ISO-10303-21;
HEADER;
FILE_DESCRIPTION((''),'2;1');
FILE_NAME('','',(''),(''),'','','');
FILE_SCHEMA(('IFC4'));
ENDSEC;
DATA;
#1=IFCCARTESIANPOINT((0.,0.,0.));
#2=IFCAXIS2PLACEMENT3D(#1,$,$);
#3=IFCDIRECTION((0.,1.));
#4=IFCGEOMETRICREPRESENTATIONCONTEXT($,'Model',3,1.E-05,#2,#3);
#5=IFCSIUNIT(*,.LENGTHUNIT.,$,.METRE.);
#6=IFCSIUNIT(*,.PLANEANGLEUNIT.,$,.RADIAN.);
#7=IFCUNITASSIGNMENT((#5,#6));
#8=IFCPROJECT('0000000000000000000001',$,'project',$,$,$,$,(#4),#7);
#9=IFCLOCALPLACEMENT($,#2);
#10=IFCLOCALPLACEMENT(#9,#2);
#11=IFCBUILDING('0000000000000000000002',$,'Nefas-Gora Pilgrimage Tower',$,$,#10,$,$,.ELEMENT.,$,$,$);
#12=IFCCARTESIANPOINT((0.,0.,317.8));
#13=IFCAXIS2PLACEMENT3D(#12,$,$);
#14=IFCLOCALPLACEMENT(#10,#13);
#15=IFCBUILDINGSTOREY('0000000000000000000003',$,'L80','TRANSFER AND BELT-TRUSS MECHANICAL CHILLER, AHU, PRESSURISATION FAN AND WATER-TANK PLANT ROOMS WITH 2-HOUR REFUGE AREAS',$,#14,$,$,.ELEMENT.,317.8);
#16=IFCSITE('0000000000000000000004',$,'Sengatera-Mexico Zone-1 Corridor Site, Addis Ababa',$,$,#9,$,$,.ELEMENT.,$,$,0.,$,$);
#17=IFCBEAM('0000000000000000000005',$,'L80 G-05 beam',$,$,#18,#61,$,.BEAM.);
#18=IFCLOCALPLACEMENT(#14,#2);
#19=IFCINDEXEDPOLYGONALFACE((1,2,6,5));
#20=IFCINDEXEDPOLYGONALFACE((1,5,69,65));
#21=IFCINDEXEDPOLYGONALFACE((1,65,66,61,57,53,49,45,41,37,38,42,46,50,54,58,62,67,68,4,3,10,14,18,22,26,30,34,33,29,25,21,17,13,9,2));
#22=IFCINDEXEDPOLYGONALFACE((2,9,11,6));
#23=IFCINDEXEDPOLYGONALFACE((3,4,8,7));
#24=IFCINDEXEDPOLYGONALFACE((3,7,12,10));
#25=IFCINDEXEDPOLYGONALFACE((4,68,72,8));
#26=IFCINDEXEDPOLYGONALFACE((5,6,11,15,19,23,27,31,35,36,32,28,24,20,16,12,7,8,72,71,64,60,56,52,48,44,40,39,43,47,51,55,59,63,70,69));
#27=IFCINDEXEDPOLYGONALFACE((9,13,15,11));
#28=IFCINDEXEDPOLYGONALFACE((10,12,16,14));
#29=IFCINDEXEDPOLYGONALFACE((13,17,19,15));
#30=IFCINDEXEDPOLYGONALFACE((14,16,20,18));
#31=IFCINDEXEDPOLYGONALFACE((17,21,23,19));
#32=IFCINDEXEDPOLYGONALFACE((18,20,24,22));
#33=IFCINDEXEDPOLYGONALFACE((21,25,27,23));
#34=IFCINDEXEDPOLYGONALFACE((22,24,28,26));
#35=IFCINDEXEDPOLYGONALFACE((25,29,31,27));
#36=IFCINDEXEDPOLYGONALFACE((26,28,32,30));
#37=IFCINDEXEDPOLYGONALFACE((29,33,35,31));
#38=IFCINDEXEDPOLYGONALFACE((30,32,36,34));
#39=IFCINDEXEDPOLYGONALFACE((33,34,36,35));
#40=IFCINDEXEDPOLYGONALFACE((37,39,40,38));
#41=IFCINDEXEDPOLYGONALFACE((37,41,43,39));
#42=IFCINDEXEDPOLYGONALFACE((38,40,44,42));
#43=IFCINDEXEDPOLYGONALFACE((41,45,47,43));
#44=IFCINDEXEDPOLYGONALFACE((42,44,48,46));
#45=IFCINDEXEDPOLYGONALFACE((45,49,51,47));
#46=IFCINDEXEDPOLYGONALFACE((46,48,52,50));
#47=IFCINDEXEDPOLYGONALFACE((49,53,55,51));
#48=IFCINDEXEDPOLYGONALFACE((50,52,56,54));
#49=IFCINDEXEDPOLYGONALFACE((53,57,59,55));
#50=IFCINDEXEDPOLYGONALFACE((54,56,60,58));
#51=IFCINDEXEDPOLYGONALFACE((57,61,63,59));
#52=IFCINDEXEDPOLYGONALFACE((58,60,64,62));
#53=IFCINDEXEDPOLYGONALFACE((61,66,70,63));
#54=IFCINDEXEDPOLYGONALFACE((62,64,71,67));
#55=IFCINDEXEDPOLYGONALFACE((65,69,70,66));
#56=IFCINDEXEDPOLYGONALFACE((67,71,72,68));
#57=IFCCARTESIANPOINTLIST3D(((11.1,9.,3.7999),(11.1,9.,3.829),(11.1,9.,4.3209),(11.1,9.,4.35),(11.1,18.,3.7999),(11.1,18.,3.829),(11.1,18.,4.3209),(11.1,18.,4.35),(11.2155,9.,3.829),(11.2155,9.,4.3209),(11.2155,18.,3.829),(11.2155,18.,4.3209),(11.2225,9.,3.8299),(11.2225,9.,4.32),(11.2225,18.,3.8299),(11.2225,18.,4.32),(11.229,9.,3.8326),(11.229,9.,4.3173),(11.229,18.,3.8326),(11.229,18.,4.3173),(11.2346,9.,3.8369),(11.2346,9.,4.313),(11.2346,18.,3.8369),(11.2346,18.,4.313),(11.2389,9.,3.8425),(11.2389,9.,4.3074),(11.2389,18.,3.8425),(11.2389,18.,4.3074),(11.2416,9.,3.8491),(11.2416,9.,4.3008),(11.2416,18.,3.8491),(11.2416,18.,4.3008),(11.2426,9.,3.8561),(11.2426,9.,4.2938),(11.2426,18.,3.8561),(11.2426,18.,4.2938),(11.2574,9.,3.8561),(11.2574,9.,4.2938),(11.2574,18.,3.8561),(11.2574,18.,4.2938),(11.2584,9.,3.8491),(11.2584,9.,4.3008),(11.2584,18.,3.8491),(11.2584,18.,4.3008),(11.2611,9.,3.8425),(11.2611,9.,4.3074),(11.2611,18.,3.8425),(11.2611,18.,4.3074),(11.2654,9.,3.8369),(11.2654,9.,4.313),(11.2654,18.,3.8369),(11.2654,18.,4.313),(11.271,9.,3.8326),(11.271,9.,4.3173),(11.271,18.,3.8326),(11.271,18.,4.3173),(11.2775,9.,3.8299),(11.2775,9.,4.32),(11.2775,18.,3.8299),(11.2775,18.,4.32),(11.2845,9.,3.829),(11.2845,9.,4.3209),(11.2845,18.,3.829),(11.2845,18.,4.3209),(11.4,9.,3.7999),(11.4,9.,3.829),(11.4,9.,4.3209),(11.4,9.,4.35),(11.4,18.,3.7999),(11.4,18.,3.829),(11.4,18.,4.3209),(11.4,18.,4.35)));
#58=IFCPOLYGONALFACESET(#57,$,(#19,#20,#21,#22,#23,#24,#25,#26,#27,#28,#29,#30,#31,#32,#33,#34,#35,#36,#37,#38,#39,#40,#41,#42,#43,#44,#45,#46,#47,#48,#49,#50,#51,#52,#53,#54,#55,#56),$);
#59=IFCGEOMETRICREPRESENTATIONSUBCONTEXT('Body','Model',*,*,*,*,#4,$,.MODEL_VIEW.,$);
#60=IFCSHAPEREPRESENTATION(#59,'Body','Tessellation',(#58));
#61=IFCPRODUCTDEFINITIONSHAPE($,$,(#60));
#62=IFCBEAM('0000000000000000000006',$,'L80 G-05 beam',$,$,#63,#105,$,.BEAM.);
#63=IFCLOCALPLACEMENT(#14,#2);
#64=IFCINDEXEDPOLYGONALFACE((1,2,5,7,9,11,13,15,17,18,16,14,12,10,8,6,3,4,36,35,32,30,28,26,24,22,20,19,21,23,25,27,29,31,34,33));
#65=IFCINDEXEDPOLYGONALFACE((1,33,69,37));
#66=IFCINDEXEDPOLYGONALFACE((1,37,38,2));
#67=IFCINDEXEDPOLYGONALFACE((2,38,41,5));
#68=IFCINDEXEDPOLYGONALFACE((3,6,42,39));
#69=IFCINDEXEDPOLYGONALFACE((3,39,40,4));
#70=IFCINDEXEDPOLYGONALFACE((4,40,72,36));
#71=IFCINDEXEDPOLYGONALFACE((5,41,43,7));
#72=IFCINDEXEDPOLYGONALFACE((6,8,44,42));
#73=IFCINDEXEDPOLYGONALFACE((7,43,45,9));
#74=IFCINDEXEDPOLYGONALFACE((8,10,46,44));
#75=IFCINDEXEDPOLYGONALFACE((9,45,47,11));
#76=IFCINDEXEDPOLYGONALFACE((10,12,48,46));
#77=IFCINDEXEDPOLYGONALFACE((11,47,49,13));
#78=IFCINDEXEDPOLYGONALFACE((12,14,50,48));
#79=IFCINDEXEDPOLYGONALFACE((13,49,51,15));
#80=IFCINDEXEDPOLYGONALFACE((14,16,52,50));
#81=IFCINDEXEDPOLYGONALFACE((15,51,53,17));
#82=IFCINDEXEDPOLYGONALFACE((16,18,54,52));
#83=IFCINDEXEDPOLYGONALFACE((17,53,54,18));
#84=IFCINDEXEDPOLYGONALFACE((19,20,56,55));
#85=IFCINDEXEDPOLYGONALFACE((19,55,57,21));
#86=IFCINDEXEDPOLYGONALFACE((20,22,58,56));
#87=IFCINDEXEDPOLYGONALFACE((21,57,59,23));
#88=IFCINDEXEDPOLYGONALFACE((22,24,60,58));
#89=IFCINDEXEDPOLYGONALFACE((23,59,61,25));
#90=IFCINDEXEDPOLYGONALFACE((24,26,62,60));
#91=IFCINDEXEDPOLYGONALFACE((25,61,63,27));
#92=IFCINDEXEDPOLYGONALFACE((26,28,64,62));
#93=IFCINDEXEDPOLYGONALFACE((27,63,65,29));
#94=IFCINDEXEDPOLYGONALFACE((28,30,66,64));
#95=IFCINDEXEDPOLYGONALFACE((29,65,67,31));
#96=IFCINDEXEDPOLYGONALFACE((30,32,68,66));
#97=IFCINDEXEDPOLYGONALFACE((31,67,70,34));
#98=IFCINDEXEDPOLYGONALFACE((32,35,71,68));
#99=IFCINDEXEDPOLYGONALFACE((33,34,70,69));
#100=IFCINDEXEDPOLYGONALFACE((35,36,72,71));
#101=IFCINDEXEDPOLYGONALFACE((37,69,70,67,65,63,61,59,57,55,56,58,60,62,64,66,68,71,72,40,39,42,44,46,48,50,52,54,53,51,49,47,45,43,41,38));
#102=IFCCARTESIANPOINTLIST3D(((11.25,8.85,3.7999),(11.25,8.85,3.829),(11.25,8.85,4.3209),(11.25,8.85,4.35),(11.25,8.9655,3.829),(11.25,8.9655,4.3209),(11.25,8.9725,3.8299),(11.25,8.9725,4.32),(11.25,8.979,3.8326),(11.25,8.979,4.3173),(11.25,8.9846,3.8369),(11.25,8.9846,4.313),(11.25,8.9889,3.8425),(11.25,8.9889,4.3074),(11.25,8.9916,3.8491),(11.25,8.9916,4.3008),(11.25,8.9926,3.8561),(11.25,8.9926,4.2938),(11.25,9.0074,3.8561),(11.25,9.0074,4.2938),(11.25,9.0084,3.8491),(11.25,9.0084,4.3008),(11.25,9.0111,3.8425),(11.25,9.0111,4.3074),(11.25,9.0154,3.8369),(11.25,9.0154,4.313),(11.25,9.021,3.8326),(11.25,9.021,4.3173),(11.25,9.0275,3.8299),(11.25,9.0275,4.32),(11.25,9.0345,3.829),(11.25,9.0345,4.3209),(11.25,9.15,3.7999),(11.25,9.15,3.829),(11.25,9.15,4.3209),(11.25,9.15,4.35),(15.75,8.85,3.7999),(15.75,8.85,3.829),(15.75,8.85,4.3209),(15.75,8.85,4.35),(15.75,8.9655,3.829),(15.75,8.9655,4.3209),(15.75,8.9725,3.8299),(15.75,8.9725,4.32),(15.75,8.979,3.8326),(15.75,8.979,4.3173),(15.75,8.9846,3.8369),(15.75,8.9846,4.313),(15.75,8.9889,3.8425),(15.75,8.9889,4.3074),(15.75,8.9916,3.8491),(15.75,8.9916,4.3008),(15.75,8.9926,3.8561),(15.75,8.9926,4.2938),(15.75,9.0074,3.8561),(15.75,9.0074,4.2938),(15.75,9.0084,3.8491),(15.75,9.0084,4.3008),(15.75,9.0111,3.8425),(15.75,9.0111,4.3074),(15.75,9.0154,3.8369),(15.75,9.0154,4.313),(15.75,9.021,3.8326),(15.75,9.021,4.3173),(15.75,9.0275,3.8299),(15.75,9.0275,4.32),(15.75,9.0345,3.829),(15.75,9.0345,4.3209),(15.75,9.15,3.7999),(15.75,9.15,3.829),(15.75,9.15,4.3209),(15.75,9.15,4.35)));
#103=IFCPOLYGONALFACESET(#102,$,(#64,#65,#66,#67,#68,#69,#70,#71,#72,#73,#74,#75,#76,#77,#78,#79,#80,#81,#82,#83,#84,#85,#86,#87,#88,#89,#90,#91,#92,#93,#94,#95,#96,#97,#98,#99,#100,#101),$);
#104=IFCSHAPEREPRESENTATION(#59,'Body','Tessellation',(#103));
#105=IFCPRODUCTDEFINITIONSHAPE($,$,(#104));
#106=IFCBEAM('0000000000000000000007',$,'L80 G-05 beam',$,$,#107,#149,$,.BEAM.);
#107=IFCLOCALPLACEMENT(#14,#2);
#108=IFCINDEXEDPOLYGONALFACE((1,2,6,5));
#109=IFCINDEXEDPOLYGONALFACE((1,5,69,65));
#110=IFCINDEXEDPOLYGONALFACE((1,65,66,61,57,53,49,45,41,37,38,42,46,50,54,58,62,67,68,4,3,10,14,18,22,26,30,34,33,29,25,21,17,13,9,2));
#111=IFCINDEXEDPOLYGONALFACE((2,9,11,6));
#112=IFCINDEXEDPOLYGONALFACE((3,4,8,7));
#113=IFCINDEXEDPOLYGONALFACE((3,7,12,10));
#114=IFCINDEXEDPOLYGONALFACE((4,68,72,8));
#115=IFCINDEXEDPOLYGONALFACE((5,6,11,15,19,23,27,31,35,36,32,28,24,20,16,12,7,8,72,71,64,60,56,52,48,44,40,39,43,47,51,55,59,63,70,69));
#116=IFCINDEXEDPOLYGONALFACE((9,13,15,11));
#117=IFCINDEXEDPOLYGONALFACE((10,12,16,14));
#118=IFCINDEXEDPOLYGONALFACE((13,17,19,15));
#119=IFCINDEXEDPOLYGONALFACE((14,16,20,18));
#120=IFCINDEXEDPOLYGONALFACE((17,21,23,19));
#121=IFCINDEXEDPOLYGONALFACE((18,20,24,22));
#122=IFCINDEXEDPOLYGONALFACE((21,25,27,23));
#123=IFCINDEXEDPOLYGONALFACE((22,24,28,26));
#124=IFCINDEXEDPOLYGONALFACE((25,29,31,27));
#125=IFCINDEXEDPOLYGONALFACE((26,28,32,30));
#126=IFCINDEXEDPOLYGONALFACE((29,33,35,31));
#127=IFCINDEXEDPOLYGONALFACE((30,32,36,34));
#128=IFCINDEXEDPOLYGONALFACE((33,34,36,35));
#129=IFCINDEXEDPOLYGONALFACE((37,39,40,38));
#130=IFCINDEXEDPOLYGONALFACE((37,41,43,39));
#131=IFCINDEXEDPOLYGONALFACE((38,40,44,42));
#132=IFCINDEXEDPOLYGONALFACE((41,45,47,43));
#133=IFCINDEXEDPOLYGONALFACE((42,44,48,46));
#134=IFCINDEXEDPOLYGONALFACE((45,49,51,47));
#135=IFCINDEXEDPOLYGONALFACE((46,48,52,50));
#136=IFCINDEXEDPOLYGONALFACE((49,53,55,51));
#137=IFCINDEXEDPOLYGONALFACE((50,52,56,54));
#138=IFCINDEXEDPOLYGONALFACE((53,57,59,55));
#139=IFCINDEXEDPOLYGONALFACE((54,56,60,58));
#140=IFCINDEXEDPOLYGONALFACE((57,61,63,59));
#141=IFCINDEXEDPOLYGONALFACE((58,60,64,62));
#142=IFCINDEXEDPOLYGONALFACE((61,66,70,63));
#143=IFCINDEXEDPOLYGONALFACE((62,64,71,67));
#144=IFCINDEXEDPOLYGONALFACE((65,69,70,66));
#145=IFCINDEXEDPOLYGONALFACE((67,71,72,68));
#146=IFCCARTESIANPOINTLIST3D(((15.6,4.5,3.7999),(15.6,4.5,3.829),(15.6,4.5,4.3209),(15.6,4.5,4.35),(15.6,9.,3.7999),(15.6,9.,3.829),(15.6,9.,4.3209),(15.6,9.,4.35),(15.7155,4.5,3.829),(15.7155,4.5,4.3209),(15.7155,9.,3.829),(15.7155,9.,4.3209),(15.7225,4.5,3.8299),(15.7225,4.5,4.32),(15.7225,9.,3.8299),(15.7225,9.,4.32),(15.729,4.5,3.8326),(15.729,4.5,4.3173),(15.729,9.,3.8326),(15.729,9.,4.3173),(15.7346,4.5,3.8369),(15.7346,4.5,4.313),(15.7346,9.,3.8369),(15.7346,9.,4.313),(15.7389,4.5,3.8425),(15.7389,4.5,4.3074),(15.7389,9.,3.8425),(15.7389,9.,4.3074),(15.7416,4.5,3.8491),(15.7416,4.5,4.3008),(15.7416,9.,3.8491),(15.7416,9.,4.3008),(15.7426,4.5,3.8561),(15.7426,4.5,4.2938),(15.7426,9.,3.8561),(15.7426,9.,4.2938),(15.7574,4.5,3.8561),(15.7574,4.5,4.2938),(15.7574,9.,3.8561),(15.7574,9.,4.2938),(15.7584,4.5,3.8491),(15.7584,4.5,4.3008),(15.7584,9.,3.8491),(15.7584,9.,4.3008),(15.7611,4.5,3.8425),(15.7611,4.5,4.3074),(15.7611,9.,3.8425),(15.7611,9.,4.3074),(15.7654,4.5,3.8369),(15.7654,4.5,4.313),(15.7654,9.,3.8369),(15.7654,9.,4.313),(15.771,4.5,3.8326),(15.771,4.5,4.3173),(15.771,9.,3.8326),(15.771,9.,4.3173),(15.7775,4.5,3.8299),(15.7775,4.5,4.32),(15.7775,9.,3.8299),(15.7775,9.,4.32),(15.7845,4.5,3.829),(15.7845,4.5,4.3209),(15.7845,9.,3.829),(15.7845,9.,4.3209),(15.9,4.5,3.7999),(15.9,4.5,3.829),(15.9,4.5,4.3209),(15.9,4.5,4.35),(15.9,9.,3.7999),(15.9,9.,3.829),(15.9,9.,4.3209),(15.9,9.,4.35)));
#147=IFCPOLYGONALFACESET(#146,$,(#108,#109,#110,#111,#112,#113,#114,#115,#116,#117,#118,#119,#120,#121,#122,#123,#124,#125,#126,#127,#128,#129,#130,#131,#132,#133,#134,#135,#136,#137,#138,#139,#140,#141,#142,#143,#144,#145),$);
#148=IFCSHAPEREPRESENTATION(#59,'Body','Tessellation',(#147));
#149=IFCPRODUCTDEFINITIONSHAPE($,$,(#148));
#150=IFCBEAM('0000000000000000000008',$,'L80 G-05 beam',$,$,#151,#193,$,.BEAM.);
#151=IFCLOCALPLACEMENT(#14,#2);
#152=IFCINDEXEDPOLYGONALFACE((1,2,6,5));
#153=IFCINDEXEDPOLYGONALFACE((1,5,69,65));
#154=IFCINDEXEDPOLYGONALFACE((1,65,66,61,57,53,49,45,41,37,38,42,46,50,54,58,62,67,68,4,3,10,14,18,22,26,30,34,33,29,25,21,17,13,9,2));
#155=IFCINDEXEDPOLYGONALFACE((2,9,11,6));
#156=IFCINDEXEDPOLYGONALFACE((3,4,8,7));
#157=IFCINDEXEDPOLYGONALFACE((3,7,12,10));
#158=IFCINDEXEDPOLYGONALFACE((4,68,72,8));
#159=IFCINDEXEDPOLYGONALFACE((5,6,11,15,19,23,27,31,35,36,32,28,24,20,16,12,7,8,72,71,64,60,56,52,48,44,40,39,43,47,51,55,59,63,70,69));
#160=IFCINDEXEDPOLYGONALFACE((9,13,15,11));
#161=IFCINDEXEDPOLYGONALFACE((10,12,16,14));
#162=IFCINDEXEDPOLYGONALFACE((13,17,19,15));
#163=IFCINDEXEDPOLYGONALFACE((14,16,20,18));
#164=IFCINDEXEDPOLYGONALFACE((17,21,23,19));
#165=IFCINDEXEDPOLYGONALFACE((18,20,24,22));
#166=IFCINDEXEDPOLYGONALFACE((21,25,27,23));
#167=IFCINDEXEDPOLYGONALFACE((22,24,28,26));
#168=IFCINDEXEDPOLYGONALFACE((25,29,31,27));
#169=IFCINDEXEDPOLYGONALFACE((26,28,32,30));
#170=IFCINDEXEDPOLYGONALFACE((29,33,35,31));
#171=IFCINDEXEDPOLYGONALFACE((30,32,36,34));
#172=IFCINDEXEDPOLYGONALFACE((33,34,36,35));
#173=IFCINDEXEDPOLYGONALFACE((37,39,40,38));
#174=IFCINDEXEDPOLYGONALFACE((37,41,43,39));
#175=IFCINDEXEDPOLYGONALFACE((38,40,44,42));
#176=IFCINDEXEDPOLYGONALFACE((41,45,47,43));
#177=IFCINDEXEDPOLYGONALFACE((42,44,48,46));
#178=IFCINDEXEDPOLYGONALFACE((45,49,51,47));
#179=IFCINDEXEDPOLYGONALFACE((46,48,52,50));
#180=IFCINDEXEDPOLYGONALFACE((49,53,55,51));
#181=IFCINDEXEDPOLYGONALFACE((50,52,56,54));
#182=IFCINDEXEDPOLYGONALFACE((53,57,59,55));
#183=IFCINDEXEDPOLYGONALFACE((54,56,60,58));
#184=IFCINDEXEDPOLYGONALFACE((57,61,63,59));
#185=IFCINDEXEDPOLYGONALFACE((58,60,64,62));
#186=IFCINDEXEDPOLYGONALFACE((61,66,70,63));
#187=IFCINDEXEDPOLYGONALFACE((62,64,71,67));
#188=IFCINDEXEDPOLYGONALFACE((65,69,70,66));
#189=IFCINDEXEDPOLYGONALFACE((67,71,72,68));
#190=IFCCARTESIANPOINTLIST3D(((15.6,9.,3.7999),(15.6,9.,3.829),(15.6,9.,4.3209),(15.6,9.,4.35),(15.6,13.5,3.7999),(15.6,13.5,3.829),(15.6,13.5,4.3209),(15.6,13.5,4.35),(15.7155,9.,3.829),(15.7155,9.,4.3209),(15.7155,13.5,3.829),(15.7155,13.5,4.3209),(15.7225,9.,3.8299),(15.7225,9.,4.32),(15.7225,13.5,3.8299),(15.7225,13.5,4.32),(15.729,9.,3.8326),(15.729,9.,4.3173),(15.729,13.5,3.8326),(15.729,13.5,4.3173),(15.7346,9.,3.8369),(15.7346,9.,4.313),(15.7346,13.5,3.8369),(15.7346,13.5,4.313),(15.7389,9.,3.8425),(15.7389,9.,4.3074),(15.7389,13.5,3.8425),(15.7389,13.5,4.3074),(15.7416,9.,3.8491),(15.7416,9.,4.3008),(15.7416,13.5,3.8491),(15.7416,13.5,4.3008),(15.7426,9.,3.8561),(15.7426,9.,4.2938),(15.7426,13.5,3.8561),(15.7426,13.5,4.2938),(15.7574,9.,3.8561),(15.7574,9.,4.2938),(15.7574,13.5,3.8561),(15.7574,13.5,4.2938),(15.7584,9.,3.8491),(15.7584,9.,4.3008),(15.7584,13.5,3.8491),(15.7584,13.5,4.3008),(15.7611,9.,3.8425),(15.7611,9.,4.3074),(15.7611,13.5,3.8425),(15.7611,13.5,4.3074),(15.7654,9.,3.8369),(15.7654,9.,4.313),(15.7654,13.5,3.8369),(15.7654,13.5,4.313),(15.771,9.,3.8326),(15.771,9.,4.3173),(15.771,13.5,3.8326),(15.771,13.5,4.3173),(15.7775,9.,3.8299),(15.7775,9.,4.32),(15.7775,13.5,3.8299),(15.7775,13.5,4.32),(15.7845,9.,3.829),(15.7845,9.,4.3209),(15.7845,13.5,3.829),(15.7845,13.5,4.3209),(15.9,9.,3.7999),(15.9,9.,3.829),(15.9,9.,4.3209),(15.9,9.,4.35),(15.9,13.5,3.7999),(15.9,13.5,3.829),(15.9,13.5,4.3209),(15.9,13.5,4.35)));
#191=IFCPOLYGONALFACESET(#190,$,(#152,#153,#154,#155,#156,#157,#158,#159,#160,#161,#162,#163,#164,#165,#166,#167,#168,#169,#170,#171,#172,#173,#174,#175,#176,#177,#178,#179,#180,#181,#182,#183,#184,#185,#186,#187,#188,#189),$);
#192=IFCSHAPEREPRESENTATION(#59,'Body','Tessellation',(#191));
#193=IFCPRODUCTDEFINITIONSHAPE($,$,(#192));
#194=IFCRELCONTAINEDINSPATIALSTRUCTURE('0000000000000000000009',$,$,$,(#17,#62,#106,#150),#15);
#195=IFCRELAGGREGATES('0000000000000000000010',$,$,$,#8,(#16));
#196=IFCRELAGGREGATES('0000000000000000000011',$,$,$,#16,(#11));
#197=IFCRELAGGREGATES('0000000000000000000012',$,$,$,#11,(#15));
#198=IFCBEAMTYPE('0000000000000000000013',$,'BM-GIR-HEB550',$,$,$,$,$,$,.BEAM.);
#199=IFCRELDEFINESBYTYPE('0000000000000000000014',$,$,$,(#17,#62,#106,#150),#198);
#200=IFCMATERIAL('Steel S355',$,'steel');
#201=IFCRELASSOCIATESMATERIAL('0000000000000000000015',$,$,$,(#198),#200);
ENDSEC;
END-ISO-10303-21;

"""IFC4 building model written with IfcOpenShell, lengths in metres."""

from ifc_helpers import new_model, si_unit, direction, frame, origin, origin_2d, place, context, subcontext, project, spatial, i_section, extrude, source, transform, mapped, material, material_profile, profile_set, type_object, element, save


model = new_model("IFC4")

# Units and contexts
model_context = context("Model", 3, precision=1e-05, world=origin(), true_north=direction((0.0, 1.0)))
body_context = subcontext(model_context, "Body", "Model", "MODEL_VIEW")
ifc_project = project(units=[si_unit("LENGTHUNIT", "METRE"), si_unit("PLANEANGLEUNIT", "RADIAN")], contexts=[model_context])

# Site, building, storey
site_placement = place(None, origin())
site = spatial("IfcSite", under=ifc_project, at=site_placement, Name="Sengatera-Mexico Zone-1 Corridor Site, Addis Ababa", CompositionType="ELEMENT", RefElevation=0.0)
building_placement = place(site_placement, origin())
building = spatial("IfcBuilding", under=site, at=building_placement, Name="Nefas-Gora Pilgrimage Tower", CompositionType="ELEMENT")
storey_placement = place(building_placement, frame((0.0, 0.0, 317.8)))
storey = spatial("IfcBuildingStorey", under=building, at=storey_placement, Name="L80", Description="TRANSFER AND BELT-TRUSS MECHANICAL CHILLER, AHU, PRESSURISATION FAN AND WATER-TANK PLANT ROOMS WITH 2-HOUR REFUGE AREAS", CompositionType="ELEMENT", Elevation=317.8)

# Shared definitions
ifc_material_1 = material(Name="Steel S355", Category="steel")

# Beams
ifc_material_profile_1 = material_profile(ifc_material_1, i_section(OverallWidth=0.3, OverallDepth=0.55, WebThickness=0.0149, FlangeThickness=0.0291, FilletRadius=0.0271, at=origin_2d()), Name="HEB 550")
ifc_profile_set_1 = profile_set([ifc_material_profile_1], Name="Steel S355")
beam_type_1 = type_object("IfcBeamType", Name="BM-GIR-HEB550", PredefinedType="BEAM", material=ifc_profile_set_1)
shared_shape_1 = source(origin(), body_context, "Body", "SweptSolid", [
    extrude(i_section(OverallWidth=0.3, OverallDepth=0.55, WebThickness=0.0149, FlangeThickness=0.0291, FilletRadius=0.0271, at=origin_2d()), origin(), (0.0, 0.0, 1.0), 9.0),
])
beam_placement = place(storey_placement, frame((11.25, 9.0, 4.075), z_axis=(0.0, 1.0, 0.0), x_axis=(-1.0, 0.0, 0.0)))
element("IfcBeam", 1, at=beam_placement, inside=storey, type_object=beam_type_1, Name="L80 G-05 beam", PredefinedType="BEAM", context=body_context, shape_type="MappedRepresentation", body=[
    mapped(shared_shape_1, transform((0.0, 0.0, 0.0), x_axis=(1.0, 0.0, 0.0), y_axis=(0.0, 1.0, 0.0), z_axis=(0.0, 0.0, 1.0), scale=1.0)),
])
shared_shape_2 = source(origin(), body_context, "Body", "SweptSolid", [
    extrude(i_section(OverallWidth=0.3, OverallDepth=0.55, WebThickness=0.0149, FlangeThickness=0.0291, FilletRadius=0.0271, at=origin_2d()), origin(), (0.0, 0.0, 1.0), 4.5),
])
for number, where, z_axis, x_axis, name in (
    (2, (11.25, 9.0, 4.075), (1.0, 0.0, 0.0), (0.0, 1.0, 0.0), "L80 G-05 beam"),
    (3, (15.75, 4.5, 4.075), (0.0, 1.0, 0.0), (-1.0, 0.0, 0.0), "L80 G-05 beam"),
    (4, (15.75, 9.0, 4.075), (0.0, 1.0, 0.0), (-1.0, 0.0, 0.0), "L80 G-05 beam"),
):
    element("IfcBeam", number, at=place(storey_placement, frame(where, z_axis=z_axis, x_axis=x_axis)), inside=storey, type_object=beam_type_1, Name=name, PredefinedType="BEAM", context=body_context, shape_type="MappedRepresentation", body=[
        mapped(shared_shape_2, transform((0.0, 0.0, 0.0), x_axis=(1.0, 0.0, 0.0), y_axis=(0.0, 1.0, 0.0), z_axis=(0.0, 0.0, 1.0), scale=1.0)),
    ])

save(model, "model.ifc")
